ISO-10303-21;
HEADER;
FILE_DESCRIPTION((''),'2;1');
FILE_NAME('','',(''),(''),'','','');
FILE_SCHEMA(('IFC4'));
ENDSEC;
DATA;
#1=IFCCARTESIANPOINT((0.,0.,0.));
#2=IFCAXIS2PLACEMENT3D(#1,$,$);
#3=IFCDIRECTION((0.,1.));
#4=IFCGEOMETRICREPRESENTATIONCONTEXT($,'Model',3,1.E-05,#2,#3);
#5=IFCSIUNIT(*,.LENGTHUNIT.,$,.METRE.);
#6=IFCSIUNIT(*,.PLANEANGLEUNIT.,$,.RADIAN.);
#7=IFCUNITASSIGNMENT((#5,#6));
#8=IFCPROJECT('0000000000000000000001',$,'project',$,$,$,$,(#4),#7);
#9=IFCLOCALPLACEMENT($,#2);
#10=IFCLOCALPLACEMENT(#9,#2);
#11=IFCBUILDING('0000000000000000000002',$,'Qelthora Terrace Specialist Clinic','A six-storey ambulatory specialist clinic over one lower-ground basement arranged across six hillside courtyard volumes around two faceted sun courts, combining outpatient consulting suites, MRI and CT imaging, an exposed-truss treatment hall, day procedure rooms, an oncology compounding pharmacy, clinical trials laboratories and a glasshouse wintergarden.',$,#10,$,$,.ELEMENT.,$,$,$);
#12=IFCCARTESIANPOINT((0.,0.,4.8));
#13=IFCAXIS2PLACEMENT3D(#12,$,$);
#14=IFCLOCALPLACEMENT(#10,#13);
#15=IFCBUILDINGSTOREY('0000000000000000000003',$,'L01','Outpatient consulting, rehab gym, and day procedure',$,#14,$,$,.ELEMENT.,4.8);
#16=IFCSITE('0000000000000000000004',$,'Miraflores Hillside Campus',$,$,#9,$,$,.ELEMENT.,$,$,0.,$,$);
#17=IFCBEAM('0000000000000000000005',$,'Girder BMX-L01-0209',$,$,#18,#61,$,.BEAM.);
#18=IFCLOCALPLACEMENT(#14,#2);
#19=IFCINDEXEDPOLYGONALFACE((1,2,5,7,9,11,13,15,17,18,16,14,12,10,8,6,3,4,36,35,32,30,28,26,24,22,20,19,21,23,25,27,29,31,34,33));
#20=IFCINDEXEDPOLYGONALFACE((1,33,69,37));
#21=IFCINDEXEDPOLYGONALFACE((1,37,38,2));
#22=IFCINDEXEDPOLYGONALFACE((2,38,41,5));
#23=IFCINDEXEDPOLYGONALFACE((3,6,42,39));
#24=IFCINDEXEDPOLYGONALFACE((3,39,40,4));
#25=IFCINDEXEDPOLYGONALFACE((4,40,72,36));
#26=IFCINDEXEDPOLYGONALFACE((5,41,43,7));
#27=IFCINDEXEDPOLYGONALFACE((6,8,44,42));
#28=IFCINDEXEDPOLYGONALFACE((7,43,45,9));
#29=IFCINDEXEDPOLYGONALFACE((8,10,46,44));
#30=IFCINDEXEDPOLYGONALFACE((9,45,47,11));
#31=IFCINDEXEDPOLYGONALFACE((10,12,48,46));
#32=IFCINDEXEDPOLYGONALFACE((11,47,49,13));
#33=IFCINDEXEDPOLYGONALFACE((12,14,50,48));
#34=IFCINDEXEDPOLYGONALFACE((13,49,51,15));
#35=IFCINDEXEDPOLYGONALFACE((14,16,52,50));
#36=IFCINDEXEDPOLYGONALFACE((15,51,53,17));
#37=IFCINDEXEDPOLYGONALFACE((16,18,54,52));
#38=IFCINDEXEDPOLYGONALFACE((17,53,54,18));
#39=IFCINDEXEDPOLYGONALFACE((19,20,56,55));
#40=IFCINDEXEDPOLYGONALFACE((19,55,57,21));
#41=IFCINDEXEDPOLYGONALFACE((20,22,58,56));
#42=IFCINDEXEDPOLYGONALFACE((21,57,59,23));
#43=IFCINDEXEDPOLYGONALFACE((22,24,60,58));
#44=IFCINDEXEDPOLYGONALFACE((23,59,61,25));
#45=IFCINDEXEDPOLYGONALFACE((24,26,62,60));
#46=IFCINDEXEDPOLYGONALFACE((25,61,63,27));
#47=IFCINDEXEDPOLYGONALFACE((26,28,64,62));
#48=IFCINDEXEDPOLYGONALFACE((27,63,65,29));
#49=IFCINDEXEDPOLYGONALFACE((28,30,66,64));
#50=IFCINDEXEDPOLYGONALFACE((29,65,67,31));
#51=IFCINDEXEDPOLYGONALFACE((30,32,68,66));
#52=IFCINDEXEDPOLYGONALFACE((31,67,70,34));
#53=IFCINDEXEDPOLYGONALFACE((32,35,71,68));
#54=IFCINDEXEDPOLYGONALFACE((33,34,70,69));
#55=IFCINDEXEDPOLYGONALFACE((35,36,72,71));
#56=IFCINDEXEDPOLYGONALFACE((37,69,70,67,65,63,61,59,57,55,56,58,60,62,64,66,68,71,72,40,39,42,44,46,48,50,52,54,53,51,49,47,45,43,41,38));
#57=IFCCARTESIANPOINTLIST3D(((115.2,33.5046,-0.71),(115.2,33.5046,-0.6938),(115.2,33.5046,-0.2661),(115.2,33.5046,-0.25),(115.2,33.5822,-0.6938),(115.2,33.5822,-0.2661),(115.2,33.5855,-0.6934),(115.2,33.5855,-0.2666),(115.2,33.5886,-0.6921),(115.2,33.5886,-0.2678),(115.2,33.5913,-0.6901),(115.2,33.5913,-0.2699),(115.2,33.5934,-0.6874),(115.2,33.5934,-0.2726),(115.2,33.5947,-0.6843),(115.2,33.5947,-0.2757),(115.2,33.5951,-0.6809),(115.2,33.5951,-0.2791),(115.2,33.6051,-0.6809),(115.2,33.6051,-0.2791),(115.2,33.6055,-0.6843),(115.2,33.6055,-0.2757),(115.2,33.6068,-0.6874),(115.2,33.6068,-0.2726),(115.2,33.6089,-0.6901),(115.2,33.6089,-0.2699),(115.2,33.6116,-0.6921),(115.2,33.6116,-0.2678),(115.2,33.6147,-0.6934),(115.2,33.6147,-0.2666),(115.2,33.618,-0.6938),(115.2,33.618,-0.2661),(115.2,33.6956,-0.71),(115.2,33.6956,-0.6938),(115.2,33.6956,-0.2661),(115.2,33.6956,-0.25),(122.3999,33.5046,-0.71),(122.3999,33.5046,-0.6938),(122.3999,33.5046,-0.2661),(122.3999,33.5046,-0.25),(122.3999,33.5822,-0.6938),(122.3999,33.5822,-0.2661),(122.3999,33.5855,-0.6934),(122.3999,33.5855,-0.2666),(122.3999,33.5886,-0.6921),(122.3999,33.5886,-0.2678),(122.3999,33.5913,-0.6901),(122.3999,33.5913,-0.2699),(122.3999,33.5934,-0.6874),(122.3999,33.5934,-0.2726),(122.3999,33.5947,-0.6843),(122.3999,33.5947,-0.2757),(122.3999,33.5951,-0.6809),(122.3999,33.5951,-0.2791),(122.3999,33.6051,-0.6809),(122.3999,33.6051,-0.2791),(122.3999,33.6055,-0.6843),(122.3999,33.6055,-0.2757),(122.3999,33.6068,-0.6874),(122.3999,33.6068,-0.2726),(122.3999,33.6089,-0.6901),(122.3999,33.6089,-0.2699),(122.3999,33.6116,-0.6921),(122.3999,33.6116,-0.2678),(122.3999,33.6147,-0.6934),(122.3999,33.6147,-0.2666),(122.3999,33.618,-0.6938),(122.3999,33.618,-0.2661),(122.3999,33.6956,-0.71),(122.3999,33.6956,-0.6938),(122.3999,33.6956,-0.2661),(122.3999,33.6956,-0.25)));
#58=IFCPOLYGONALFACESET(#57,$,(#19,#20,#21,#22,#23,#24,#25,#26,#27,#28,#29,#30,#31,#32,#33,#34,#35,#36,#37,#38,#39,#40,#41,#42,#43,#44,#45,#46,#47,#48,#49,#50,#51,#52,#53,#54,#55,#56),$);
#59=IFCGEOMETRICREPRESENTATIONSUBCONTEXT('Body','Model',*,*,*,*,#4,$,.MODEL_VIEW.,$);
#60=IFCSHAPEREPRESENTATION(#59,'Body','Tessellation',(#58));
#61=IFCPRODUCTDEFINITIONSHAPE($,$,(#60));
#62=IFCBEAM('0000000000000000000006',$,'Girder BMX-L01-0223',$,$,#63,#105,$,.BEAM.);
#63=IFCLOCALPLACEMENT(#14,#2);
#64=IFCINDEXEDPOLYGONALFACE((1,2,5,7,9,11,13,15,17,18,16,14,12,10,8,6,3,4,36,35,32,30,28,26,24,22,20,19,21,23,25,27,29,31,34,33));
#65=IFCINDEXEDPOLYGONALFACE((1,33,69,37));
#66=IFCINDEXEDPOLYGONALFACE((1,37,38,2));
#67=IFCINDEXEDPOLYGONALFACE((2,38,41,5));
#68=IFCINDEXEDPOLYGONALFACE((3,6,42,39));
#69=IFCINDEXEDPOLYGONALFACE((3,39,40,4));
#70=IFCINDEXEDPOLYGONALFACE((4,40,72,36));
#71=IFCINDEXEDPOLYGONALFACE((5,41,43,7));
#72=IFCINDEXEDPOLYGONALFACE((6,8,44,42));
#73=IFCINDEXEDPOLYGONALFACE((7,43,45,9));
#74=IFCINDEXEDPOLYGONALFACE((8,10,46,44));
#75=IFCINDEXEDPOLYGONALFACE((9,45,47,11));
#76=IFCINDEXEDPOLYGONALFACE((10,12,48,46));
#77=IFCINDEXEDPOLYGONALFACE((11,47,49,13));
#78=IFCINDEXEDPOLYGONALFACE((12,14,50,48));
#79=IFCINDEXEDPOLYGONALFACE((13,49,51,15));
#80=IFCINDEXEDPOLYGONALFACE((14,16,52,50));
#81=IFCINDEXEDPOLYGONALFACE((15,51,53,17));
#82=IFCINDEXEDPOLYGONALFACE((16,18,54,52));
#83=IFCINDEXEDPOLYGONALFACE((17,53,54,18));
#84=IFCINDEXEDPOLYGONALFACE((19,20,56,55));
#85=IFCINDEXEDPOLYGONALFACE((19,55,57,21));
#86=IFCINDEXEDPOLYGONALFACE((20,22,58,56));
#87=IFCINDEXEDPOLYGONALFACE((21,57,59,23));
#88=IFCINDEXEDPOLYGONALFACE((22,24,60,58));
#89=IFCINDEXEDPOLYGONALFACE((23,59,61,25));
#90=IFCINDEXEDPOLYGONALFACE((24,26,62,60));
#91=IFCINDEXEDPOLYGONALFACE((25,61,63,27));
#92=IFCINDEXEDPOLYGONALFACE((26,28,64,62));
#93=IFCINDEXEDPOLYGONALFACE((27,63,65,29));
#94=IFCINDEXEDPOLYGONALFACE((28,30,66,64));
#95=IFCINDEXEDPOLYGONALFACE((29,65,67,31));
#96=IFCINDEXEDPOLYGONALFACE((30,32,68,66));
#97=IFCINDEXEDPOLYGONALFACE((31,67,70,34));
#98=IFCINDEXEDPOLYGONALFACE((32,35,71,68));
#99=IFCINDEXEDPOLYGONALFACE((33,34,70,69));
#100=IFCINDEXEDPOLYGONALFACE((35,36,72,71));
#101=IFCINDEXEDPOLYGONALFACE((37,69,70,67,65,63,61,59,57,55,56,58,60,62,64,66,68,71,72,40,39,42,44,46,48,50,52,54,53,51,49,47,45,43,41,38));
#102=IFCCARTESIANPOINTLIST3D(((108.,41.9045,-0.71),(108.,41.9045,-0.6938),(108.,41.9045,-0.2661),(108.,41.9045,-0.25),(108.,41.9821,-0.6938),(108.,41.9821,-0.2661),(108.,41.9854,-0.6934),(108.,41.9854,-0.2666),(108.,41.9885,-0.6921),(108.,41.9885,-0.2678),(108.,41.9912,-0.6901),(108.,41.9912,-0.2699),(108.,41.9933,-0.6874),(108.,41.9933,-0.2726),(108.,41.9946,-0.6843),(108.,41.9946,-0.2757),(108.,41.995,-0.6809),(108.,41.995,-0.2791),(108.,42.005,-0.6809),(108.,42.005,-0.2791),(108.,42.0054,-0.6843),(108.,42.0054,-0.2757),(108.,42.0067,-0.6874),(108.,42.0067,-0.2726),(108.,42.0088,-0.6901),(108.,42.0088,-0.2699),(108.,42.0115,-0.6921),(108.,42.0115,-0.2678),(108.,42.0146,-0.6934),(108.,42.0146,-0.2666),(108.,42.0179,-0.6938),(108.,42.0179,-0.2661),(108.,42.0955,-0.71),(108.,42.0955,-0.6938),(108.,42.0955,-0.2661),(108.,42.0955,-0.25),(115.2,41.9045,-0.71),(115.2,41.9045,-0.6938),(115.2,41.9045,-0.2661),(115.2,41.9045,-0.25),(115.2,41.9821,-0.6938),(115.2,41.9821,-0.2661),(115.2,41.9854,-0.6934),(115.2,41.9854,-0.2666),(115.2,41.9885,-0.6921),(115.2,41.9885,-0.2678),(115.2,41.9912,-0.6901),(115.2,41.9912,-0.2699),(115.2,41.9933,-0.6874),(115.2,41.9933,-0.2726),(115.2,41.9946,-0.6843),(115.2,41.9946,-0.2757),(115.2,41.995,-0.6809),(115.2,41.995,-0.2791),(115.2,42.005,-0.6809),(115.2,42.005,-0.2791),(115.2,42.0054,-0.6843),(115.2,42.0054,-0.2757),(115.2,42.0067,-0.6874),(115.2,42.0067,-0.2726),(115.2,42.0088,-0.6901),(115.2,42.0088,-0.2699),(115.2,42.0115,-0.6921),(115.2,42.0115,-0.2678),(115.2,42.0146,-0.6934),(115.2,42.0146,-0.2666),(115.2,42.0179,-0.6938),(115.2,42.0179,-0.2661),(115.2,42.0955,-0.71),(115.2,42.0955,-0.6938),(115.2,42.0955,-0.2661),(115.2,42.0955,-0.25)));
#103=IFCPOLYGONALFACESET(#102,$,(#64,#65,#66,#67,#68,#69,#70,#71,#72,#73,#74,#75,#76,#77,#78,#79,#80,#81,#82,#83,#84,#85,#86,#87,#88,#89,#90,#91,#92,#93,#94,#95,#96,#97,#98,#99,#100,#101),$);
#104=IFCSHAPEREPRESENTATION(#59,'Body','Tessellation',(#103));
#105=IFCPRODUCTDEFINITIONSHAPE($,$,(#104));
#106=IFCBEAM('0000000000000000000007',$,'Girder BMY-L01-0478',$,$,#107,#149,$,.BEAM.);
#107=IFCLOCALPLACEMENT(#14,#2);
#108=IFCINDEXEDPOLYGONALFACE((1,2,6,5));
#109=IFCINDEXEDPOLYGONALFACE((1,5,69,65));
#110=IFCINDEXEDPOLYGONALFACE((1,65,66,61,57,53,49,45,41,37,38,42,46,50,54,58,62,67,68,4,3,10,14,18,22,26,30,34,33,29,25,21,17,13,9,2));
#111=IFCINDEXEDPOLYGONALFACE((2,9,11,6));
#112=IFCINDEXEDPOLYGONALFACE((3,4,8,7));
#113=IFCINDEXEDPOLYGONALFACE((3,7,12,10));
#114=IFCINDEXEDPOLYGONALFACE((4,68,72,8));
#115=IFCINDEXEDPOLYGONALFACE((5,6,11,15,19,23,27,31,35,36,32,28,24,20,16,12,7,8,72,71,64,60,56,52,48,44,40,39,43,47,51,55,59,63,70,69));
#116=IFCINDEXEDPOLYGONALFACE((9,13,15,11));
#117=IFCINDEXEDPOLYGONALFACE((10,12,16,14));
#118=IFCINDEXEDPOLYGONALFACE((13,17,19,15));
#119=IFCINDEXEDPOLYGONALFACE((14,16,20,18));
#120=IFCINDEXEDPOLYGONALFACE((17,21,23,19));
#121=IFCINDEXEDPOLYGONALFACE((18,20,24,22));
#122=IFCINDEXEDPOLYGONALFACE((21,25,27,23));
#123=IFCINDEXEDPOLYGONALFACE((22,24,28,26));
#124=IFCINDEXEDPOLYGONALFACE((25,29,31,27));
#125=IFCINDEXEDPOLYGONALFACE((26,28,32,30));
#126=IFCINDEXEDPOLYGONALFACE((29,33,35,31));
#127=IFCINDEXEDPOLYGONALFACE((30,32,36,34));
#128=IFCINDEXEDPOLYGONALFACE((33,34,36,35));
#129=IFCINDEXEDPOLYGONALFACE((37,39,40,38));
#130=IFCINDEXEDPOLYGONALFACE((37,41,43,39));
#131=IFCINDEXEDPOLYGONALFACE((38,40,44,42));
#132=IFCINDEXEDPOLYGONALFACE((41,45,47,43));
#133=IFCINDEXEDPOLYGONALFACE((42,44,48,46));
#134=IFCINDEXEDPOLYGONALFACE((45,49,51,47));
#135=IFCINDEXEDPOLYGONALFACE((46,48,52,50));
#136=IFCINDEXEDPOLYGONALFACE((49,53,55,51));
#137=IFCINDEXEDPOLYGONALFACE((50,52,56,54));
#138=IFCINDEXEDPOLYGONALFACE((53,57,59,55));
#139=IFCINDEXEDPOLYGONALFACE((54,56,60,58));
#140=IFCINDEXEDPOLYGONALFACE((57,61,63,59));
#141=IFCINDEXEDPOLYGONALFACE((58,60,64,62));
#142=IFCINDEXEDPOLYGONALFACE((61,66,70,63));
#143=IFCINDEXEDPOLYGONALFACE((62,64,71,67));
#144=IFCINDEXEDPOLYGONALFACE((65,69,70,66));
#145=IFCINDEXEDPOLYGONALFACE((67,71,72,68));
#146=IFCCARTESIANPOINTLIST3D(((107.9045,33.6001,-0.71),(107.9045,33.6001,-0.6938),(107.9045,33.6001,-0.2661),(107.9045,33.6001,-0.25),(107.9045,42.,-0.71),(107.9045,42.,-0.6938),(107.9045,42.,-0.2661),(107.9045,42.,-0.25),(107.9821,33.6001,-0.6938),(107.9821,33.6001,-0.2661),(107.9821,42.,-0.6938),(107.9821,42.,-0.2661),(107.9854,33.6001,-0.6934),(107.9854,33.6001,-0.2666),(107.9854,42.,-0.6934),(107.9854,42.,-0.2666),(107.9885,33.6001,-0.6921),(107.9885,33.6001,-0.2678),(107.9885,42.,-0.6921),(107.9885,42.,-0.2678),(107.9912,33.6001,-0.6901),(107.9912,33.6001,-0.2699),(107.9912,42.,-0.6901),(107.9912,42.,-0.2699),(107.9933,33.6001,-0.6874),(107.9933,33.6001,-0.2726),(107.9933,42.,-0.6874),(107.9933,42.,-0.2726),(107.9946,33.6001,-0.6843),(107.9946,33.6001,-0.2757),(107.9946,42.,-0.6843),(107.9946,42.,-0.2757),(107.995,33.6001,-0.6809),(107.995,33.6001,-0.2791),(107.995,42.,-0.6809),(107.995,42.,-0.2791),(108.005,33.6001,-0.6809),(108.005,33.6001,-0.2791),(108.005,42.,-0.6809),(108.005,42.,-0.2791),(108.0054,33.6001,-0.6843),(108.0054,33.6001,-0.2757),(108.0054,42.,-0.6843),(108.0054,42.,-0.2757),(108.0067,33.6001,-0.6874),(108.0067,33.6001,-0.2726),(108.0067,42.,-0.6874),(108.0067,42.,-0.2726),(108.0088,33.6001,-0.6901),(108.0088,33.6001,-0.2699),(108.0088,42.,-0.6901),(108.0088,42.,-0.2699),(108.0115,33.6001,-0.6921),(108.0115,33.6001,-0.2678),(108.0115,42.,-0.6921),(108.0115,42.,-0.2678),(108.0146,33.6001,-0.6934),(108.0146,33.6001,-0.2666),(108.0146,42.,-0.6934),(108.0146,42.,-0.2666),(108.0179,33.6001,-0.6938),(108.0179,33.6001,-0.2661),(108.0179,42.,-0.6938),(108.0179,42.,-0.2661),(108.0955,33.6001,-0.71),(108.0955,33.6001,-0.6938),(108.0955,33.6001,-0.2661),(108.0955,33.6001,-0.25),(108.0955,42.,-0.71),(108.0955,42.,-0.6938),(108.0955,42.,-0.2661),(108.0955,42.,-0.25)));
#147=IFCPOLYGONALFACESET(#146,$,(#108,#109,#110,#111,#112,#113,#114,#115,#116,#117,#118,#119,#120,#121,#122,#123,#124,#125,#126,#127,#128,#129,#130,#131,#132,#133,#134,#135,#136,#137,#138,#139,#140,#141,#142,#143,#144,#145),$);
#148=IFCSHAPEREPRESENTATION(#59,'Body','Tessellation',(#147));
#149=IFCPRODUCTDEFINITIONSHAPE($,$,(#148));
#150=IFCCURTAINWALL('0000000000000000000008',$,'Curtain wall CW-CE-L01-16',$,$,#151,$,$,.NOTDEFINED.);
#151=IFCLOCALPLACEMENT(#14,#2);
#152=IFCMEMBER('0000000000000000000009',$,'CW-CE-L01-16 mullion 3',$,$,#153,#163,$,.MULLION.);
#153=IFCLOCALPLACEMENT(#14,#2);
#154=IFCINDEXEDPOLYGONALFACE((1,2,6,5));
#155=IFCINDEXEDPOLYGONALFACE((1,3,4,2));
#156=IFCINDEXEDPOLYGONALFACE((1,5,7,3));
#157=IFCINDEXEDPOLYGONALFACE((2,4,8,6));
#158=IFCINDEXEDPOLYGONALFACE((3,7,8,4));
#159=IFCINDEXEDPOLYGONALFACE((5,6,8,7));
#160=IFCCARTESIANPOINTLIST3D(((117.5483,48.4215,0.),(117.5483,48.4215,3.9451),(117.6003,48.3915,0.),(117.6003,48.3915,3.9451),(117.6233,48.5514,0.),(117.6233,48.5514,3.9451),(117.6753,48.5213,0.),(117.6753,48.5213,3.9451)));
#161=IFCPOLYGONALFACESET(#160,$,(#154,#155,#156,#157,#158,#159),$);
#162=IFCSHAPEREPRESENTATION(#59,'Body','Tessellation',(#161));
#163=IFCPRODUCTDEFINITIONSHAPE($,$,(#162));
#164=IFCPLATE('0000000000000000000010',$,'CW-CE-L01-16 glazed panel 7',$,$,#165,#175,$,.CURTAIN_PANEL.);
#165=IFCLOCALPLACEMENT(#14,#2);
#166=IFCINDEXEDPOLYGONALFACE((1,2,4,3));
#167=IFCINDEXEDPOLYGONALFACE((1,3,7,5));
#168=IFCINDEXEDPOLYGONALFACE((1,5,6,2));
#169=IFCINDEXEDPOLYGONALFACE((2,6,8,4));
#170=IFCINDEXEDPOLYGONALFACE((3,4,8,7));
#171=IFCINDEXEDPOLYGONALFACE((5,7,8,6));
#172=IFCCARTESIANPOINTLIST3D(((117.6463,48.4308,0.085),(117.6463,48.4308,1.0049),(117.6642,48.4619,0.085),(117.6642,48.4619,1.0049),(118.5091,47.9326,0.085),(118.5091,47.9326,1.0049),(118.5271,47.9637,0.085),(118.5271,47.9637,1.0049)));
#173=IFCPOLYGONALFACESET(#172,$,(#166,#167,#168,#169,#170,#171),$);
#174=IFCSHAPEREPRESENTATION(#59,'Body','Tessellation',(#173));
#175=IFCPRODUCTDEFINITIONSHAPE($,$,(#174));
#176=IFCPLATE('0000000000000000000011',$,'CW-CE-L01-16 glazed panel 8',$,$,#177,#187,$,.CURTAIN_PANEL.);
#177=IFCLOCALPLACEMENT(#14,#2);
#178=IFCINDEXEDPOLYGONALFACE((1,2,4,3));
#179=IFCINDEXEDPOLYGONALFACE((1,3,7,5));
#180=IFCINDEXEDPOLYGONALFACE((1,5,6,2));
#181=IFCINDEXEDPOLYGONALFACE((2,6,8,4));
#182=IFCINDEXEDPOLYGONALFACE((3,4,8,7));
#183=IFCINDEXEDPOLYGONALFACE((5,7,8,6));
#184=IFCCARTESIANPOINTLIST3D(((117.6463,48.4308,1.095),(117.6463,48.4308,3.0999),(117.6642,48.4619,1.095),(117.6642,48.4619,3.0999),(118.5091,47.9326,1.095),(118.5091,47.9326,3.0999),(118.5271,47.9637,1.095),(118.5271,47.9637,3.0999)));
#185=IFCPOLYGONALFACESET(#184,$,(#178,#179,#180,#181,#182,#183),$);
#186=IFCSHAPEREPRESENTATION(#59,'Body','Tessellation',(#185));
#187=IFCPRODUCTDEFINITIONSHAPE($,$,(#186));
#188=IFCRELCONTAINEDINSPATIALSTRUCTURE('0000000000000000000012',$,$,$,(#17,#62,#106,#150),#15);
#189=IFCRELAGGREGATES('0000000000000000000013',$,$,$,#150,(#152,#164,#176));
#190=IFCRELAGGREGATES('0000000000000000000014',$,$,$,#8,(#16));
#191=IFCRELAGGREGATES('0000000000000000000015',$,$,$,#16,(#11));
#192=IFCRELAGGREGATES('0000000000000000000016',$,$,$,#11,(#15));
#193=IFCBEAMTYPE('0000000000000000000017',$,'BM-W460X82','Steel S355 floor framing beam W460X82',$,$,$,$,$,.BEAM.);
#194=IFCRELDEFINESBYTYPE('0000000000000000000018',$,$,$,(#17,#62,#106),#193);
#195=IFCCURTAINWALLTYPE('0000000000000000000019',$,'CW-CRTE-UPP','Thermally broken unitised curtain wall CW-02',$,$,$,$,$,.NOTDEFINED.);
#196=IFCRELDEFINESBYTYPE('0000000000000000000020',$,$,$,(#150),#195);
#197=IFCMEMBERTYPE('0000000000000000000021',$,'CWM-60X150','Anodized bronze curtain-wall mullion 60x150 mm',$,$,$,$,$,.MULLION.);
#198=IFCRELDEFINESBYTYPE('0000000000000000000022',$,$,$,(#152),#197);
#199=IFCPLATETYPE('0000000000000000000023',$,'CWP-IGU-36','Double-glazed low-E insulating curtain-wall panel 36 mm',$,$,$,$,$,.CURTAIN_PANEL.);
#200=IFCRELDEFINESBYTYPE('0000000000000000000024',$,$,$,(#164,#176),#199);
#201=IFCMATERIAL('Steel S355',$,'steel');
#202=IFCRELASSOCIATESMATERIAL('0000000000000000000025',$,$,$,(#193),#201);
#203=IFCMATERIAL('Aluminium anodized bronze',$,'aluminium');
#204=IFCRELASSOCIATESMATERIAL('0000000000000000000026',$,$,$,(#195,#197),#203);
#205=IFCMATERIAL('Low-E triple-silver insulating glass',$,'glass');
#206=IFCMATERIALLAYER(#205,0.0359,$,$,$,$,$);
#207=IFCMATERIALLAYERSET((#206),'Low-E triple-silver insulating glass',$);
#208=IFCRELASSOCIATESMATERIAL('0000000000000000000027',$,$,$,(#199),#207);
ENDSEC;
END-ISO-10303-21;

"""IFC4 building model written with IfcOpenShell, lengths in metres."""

from ifc_helpers import new_model, si_unit, direction, frame, origin, origin_2d, place, context, subcontext, project, spatial, rectangle, i_section, extrude, material, layer, layer_set, material_profile, profile_set, type_object, element, aggregate, save


model = new_model("IFC4")

# Units and contexts
model_context = context("Model", 3, precision=1e-05, world=origin(), true_north=direction((0.0, 1.0)))
body_context = subcontext(model_context, "Body", "Model", "MODEL_VIEW")
ifc_project = project(units=[si_unit("LENGTHUNIT", "METRE"), si_unit("PLANEANGLEUNIT", "RADIAN")], contexts=[model_context])

# Site, building, storey
site_placement = place(None, origin())
site = spatial("IfcSite", under=ifc_project, at=site_placement, Name="Miraflores Hillside Campus", CompositionType="ELEMENT", RefElevation=0.0)
building_placement = place(site_placement, origin())
building = spatial("IfcBuilding", under=site, at=building_placement, Name="Qelthora Terrace Specialist Clinic", Description="A six-storey ambulatory specialist clinic over one lower-ground basement arranged across six hillside courtyard volumes around two faceted sun courts, combining outpatient consulting suites, MRI and CT imaging, an exposed-truss treatment hall, day procedure rooms, an oncology compounding pharmacy, clinical trials laboratories and a glasshouse wintergarden.", CompositionType="ELEMENT")
storey_placement = place(building_placement, frame((0.0, 0.0, 4.8)))
storey = spatial("IfcBuildingStorey", under=building, at=storey_placement, Name="L01", Description="Outpatient consulting, rehab gym, and day procedure", CompositionType="ELEMENT", Elevation=4.8)

# Shared definitions
ifc_material_1 = material(Name="Steel S355", Category="steel")

# Beams
ifc_material_profile_1 = material_profile(ifc_material_1, i_section(OverallWidth=0.1909, OverallDepth=0.46, WebThickness=0.01, FlangeThickness=0.0161, FilletRadius=0.0129, at=origin_2d()), Name="W460X82")
ifc_profile_set_1 = profile_set([ifc_material_profile_1], Name="Steel S355")
beam_type_1 = type_object("IfcBeamType", Name="BM-W460X82", Description="Steel S355 floor framing beam W460X82", PredefinedType="BEAM", material=ifc_profile_set_1)
for number, where, z_axis, x_axis, name in (
    (1, (115.2, 33.6001, -0.48), (1.0, 0.0, 0.0), (0.0, 1.0, 0.0), "Girder BMX-L01-0209"),
    (2, (108.0, 42.0, -0.48), (1.0, 0.0, 0.0), (0.0, 1.0, 0.0), "Girder BMX-L01-0223"),
):
    element("IfcBeam", number, at=place(storey_placement, frame(where, z_axis=z_axis, x_axis=x_axis)), inside=storey, type_object=beam_type_1, Name=name, PredefinedType="BEAM", context=body_context, shape_type="SweptSolid", body=[
        extrude(i_section(OverallWidth=0.1909, OverallDepth=0.46, WebThickness=0.01, FlangeThickness=0.0161, FilletRadius=0.0129, at=origin_2d()), origin(), (0.0, 0.0, 1.0), 7.2),
    ])
beam_1_placement = place(storey_placement, frame((108.0, 33.6001, -0.48), z_axis=(0.0, 1.0, 0.0), x_axis=(-1.0, 0.0, 0.0)))
element("IfcBeam", 3, at=beam_1_placement, inside=storey, type_object=beam_type_1, Name="Girder BMY-L01-0478", PredefinedType="BEAM", context=body_context, shape_type="SweptSolid", body=[
    extrude(i_section(OverallWidth=0.1909, OverallDepth=0.46, WebThickness=0.01, FlangeThickness=0.0161, FilletRadius=0.0129, at=origin_2d()), origin(), (0.0, 0.0, 1.0), 8.3999),
])

# Curtain wall, member, plates
ifc_material_2 = material(Name="Aluminium anodized bronze", Category="aluminium")
curtain_wall_type = type_object("IfcCurtainWallType", Name="CW-CRTE-UPP", Description="Thermally broken unitised curtain wall CW-02", PredefinedType="NOTDEFINED", material=ifc_material_2)
curtain_wall_placement = place(storey_placement, origin())
curtain_wall = element("IfcCurtainWall", 4, at=curtain_wall_placement, inside=storey, type_object=curtain_wall_type, Name="Curtain wall CW-CE-L01-16", PredefinedType="NOTDEFINED")
ifc_material_profile_2 = material_profile(ifc_material_2, rectangle(XDim=0.0601, YDim=0.1499, at=origin_2d()), Name="CWM60X150")
ifc_profile_set_2 = profile_set([ifc_material_profile_2], Name="Aluminium anodized bronze")
member_type = type_object("IfcMemberType", Name="CWM-60X150", Description="Anodized bronze curtain-wall mullion 60x150 mm", PredefinedType="MULLION", material=ifc_profile_set_2)
member_placement = place(storey_placement, frame((117.6118, 48.4714, 0.0), z_axis=(0.0, 0.0, 1.0), x_axis=(0.866025, -0.5, 0.0)))
member = element("IfcMember", 5, at=member_placement, type_object=member_type, Name="CW-CE-L01-16 mullion 3", PredefinedType="MULLION", context=body_context, shape_type="SweptSolid", body=[
    extrude(rectangle(XDim=0.0601, YDim=0.1499, at=origin_2d()), origin(), (0.0, 0.0, 1.0), 3.9451),
])
ifc_material_3 = material(Name="Low-E triple-silver insulating glass", Category="glass")
ifc_layer_1 = layer(ifc_material_3, 0.0359)
ifc_layer_set_1 = layer_set([ifc_layer_1], Name="Low-E triple-silver insulating glass")
plate_type = type_object("IfcPlateType", Name="CWP-IGU-36", Description="Double-glazed low-E insulating curtain-wall panel 36 mm", PredefinedType="CURTAIN_PANEL", material=ifc_layer_set_1)
plate_1_placement = place(storey_placement, frame((118.0867, 48.1973, 0.085), z_axis=(0.0, 0.0, 1.0), x_axis=(0.866025, -0.5, 0.0)))
plate_1 = element("IfcPlate", 6, at=plate_1_placement, type_object=plate_type, Name="CW-CE-L01-16 glazed panel 7", PredefinedType="CURTAIN_PANEL", context=body_context, shape_type="SweptSolid", body=[
    extrude(rectangle(XDim=0.9963, YDim=0.0359, at=origin_2d()), origin(), (0.0, 0.0, 1.0), 0.9199),
])
plate_2_placement = place(storey_placement, frame((118.0867, 48.1973, 1.095), z_axis=(0.0, 0.0, 1.0), x_axis=(0.866025, -0.5, 0.0)))
plate_2 = element("IfcPlate", 7, at=plate_2_placement, type_object=plate_type, Name="CW-CE-L01-16 glazed panel 8", PredefinedType="CURTAIN_PANEL", context=body_context, shape_type="SweptSolid", body=[
    extrude(rectangle(XDim=0.9963, YDim=0.0359, at=origin_2d()), origin(), (0.0, 0.0, 1.0), 2.0049),
])
aggregate(curtain_wall, [member, plate_1, plate_2])

save(model, "model.ifc")
